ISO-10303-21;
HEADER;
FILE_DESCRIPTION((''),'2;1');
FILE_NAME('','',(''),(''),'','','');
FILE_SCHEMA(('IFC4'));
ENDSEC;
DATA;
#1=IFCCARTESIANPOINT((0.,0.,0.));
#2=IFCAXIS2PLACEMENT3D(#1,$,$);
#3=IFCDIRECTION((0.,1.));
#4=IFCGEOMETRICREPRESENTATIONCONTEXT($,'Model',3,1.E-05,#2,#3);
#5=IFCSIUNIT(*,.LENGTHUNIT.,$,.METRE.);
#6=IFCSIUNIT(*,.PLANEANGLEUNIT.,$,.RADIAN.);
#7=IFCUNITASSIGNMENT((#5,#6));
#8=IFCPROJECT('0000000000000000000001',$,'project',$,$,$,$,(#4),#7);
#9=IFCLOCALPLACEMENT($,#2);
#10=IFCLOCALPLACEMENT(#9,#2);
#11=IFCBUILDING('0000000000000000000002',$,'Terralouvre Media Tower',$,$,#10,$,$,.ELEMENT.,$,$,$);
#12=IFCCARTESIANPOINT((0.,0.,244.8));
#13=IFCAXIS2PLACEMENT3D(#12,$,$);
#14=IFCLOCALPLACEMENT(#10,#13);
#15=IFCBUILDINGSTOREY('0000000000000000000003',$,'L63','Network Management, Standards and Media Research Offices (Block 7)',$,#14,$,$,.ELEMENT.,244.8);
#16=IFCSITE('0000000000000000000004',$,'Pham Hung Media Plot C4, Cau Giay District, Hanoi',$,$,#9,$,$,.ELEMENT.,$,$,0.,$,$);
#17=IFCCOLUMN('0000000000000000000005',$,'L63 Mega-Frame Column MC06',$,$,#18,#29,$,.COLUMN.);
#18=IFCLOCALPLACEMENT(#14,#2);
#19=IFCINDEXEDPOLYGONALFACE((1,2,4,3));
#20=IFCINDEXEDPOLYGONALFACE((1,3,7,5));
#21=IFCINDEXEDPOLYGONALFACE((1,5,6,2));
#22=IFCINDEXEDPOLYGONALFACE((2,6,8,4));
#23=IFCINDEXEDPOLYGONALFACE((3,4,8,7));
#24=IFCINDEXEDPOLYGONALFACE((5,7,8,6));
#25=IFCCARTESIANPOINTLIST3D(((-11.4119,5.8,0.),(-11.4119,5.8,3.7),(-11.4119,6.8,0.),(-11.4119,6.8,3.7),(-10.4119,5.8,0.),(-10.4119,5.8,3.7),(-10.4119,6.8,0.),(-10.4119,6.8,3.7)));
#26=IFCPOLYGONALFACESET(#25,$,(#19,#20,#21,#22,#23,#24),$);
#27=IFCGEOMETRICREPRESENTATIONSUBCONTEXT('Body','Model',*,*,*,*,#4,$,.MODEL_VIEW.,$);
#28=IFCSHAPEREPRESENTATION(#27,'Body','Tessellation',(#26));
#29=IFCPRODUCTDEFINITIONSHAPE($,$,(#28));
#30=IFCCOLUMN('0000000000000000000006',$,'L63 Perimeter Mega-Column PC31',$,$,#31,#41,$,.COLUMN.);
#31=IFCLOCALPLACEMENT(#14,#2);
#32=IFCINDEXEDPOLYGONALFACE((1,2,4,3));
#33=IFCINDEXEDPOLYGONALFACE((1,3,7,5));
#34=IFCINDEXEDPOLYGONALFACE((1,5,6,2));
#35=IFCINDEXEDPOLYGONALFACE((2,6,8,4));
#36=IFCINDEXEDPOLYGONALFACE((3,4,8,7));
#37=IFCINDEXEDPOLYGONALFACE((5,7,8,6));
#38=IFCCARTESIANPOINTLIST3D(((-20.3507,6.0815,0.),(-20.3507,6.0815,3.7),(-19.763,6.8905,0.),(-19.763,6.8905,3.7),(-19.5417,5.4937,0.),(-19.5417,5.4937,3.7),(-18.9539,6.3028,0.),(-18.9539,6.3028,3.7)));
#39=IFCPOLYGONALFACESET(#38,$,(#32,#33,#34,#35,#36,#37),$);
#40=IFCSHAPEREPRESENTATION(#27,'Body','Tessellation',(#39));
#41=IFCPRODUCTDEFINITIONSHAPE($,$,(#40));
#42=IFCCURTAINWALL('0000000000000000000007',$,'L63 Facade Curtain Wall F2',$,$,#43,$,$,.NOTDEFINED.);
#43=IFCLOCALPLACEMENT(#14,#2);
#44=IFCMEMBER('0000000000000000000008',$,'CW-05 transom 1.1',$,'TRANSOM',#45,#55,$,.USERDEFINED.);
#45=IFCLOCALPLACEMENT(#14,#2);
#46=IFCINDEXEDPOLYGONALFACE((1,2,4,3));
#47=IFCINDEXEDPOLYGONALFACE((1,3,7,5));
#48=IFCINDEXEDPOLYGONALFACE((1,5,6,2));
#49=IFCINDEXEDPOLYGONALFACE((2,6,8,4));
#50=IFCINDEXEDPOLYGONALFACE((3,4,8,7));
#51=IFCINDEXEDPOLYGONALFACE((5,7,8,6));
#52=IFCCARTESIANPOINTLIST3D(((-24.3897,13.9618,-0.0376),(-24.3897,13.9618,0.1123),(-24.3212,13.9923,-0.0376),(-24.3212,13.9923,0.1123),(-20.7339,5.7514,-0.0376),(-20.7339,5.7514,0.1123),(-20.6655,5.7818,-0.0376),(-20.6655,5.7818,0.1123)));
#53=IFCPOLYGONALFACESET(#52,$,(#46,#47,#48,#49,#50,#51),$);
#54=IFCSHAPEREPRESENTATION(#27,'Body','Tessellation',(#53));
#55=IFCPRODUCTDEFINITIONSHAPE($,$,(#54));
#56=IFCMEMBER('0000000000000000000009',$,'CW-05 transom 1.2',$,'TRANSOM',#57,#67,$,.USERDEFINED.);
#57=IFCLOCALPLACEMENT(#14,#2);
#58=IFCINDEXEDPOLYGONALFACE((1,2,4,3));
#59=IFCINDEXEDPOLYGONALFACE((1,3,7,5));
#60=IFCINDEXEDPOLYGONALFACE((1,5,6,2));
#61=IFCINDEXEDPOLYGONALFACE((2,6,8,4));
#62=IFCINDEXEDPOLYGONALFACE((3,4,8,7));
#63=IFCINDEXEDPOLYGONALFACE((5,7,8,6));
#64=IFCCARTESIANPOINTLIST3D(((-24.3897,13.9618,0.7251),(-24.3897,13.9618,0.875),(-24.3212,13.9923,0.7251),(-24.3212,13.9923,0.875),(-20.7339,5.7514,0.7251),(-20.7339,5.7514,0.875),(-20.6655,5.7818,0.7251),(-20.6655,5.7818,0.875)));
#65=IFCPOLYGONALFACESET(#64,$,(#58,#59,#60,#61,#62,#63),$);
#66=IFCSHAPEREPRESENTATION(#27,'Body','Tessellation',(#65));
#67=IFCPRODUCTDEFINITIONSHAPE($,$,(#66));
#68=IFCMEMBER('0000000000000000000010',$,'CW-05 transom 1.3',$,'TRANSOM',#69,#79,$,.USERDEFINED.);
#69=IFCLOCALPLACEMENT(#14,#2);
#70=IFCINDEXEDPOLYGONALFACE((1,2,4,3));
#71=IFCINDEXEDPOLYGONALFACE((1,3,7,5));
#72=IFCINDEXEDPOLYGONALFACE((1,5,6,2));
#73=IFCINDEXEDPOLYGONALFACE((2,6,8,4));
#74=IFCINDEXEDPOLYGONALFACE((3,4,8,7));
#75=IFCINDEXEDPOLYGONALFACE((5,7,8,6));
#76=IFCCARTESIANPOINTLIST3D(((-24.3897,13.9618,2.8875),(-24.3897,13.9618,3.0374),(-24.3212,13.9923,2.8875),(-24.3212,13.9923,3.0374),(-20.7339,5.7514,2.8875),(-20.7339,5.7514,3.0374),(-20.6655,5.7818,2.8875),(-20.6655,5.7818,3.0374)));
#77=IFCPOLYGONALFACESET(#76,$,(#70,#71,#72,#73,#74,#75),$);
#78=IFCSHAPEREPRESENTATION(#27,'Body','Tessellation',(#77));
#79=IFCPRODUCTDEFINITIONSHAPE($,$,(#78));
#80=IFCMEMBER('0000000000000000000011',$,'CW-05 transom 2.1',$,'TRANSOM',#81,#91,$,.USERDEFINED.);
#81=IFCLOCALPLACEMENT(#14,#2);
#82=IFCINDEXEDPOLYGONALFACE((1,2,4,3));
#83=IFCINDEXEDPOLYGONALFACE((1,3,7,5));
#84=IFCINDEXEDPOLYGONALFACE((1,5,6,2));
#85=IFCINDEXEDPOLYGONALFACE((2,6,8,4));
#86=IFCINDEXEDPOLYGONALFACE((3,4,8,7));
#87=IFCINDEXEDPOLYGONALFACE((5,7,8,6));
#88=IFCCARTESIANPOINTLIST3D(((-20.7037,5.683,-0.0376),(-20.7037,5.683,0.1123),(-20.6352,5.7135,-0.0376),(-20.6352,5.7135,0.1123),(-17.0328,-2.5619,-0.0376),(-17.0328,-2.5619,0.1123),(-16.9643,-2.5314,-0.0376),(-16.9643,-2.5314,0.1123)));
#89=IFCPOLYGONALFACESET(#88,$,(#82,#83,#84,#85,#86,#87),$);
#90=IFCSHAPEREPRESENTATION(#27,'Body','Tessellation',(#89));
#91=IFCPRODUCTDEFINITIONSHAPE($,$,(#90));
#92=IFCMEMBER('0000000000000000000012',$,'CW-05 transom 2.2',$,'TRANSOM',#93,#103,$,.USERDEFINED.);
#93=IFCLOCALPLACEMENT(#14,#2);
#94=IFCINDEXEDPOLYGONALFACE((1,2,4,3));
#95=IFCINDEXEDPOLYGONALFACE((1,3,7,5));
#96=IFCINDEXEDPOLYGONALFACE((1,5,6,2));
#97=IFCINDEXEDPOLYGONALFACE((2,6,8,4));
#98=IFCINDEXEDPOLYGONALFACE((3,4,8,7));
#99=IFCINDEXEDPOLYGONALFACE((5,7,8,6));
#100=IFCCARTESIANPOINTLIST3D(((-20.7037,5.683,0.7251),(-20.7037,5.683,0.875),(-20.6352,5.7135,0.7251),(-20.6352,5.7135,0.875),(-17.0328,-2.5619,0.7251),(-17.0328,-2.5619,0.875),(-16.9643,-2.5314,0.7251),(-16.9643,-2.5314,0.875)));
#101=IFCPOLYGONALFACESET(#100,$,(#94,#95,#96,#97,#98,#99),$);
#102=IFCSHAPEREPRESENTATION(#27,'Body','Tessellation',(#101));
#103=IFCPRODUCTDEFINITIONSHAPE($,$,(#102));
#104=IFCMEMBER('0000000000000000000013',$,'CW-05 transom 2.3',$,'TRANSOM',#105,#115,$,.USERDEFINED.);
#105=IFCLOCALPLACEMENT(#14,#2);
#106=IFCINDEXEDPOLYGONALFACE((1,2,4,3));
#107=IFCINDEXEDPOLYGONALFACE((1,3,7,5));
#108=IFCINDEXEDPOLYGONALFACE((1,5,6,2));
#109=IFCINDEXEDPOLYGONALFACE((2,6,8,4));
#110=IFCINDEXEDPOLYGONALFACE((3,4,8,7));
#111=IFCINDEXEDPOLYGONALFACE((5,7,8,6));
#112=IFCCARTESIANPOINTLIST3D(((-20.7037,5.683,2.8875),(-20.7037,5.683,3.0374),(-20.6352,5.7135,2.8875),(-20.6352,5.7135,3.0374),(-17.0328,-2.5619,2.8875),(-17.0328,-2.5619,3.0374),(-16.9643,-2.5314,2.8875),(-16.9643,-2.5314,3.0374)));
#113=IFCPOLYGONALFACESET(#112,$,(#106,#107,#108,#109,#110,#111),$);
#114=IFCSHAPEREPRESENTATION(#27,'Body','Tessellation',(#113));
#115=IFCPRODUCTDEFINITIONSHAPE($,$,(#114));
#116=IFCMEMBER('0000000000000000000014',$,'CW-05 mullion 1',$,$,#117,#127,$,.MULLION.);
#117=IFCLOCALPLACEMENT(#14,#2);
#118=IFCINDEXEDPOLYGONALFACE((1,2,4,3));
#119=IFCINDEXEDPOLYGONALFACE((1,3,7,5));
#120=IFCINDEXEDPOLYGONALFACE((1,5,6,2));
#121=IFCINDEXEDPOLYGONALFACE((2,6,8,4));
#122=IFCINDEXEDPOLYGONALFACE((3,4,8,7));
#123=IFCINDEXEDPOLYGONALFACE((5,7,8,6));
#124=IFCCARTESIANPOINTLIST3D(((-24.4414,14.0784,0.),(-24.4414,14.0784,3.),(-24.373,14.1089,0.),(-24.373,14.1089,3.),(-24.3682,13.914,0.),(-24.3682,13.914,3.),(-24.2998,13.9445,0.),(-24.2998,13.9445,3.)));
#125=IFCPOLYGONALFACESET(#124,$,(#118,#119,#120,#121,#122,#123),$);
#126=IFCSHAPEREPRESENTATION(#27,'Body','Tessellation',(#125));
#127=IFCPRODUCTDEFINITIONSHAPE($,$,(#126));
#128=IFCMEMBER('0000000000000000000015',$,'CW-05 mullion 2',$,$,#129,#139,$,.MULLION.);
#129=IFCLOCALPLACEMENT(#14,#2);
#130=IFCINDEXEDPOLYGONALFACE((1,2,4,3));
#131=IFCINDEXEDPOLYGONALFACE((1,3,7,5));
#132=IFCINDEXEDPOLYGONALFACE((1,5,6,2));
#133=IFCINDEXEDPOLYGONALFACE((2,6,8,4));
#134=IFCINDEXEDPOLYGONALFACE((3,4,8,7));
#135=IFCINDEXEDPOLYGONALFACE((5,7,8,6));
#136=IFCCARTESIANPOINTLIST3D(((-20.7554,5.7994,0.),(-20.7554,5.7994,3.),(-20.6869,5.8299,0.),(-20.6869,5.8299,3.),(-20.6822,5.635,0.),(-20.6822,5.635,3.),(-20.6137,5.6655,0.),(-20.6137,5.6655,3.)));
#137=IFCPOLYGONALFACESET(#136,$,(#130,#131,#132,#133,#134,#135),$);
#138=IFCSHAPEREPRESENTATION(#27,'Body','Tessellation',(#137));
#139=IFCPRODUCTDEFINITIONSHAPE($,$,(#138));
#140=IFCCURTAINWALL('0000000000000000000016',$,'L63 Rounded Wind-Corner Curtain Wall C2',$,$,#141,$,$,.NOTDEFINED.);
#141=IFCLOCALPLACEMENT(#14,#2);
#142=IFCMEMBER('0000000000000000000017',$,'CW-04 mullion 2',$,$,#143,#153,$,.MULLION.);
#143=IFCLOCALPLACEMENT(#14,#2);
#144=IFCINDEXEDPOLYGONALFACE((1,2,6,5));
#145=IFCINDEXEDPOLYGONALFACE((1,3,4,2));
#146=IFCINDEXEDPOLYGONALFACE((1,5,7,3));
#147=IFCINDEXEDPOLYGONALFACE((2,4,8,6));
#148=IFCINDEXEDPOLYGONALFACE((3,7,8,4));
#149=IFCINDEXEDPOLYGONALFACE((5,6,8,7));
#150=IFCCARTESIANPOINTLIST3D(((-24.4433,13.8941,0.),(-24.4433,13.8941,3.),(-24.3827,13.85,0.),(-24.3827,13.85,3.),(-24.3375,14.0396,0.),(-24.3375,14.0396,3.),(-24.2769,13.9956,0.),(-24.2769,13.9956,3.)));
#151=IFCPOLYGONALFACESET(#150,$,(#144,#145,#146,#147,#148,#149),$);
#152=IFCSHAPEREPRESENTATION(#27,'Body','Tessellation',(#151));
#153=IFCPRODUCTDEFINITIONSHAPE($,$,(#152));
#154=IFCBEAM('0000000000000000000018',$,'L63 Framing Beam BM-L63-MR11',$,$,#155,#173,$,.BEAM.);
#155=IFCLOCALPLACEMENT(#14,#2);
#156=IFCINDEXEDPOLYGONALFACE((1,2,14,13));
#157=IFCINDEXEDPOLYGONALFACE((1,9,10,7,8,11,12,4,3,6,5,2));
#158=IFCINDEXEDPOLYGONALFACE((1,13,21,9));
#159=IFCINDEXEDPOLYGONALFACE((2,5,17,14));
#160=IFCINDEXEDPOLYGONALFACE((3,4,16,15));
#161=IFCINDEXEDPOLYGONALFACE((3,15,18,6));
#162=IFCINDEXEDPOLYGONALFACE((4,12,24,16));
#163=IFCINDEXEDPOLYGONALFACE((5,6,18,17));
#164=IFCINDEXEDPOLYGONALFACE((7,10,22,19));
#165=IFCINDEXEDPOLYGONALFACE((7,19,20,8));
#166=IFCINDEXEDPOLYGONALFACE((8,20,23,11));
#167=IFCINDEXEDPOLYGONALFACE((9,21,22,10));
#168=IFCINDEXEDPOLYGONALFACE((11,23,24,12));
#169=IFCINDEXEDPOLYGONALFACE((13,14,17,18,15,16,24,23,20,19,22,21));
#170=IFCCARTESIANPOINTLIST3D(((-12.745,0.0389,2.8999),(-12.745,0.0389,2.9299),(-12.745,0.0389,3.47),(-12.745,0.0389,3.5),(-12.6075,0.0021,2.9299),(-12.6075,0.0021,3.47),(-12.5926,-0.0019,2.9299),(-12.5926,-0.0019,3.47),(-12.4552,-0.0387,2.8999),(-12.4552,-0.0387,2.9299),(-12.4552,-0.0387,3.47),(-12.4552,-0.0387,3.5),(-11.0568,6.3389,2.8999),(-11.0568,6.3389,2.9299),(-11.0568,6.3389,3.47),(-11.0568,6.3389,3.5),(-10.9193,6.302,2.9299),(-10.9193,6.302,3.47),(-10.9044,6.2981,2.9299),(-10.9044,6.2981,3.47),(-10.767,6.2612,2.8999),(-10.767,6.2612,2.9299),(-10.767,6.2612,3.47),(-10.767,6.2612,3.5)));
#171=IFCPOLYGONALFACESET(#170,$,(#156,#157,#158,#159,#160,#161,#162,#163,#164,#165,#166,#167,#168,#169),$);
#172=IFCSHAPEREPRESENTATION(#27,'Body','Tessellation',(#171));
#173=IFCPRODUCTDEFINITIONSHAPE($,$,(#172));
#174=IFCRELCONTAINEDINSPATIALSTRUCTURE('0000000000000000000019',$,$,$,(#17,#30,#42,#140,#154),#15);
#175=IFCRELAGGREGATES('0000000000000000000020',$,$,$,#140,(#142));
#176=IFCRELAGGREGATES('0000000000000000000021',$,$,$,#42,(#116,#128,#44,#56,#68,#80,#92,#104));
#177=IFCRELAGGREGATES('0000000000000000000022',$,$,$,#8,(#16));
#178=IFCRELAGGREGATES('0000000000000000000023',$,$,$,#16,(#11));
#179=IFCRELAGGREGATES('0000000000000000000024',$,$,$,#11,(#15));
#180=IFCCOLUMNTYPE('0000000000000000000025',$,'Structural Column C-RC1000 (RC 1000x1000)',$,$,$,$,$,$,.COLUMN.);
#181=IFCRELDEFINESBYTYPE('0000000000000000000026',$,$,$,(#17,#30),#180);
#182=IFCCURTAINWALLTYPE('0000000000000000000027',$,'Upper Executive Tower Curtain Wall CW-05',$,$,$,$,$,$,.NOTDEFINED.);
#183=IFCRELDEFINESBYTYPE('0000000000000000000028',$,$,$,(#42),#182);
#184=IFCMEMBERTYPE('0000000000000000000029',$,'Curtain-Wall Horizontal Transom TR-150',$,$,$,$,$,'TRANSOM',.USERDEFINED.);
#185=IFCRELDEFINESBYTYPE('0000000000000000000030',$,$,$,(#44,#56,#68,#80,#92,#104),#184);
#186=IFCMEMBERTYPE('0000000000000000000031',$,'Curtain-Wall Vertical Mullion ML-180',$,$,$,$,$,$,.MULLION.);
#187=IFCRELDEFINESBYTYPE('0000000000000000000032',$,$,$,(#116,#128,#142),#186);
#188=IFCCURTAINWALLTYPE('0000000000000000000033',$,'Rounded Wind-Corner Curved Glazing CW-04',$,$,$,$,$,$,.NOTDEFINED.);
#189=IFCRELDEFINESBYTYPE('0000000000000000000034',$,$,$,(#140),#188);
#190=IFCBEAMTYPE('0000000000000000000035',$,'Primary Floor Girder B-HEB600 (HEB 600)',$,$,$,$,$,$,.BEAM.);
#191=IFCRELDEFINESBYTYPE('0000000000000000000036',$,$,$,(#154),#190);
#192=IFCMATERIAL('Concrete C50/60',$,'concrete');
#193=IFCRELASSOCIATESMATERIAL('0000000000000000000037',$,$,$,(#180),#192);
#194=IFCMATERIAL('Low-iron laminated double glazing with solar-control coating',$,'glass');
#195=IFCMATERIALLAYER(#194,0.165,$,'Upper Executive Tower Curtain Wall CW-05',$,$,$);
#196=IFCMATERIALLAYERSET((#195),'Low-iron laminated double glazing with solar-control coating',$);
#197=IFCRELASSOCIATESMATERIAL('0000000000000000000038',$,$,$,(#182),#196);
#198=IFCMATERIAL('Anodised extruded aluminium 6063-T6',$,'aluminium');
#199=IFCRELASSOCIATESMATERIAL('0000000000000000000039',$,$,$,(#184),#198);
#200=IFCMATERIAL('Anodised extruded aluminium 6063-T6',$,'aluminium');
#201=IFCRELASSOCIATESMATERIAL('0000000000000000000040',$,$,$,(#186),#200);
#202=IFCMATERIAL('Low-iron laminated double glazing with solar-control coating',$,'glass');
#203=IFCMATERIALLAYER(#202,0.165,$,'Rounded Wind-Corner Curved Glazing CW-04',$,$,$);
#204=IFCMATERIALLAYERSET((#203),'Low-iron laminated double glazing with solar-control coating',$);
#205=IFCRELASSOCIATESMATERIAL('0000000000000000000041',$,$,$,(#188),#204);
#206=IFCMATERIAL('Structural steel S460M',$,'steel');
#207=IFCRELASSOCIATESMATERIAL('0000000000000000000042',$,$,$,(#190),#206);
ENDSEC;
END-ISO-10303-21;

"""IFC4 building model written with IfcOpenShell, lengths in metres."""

from ifc_helpers import new_model, si_unit, direction, frame, origin, origin_2d, place, context, subcontext, project, spatial, rectangle, i_section, extrude, material, layer, layer_set, material_profile, profile_set, type_object, element, aggregate, save


model = new_model("IFC4")

# Units and contexts
model_context = context("Model", 3, precision=1e-05, world=origin(), true_north=direction((0.0, 1.0)))
body_context = subcontext(model_context, "Body", "Model", "MODEL_VIEW")
ifc_project = project(units=[si_unit("LENGTHUNIT", "METRE"), si_unit("PLANEANGLEUNIT", "RADIAN")], contexts=[model_context])

# Site, building, storey
site_placement = place(None, origin())
site = spatial("IfcSite", under=ifc_project, at=site_placement, Name="Pham Hung Media Plot C4, Cau Giay District, Hanoi", CompositionType="ELEMENT", RefElevation=0.0)
building_placement = place(site_placement, origin())
building = spatial("IfcBuilding", under=site, at=building_placement, Name="Terralouvre Media Tower", CompositionType="ELEMENT")
storey_placement = place(building_placement, frame((0.0, 0.0, 244.8)))
storey = spatial("IfcBuildingStorey", under=building, at=storey_placement, Name="L63", Description="Network Management, Standards and Media Research Offices (Block 7)", CompositionType="ELEMENT", Elevation=244.8)

# Columns
ifc_material_1 = material(Name="Concrete C50/60", Category="concrete")
ifc_material_profile_1 = material_profile(ifc_material_1, rectangle(XDim=1.0, YDim=1.0, at=origin_2d()), Name="RC 1000x1000")
ifc_profile_set_1 = profile_set([ifc_material_profile_1], Name="Concrete C50/60")
column_type = type_object("IfcColumnType", Name="Structural Column C-RC1000 (RC 1000x1000)", PredefinedType="COLUMN", material=ifc_profile_set_1)
for number, where, z_axis, x_axis, name in (
    (1, (-10.9119, 6.3, 0.0), (0.0, 0.0, 1.0), (1.0, 0.0, 0.0), "L63 Mega-Frame Column MC06"),
    (2, (-19.6523, 6.1921, 0.0), (0.0, 0.0, 1.0), (0.587785, 0.809017, 0.0), "L63 Perimeter Mega-Column PC31"),
):
    element("IfcColumn", number, at=place(storey_placement, frame(where, z_axis=z_axis, x_axis=x_axis)), inside=storey, type_object=column_type, Name=name, PredefinedType="COLUMN", context=body_context, shape_type="SweptSolid", body=[
        extrude(rectangle(XDim=1.0, YDim=1.0, at=origin_2d()), origin(), (0.0, 0.0, 1.0), 3.7),
    ])

# Curtain wall, members
ifc_material_2 = material(Name="Low-iron laminated double glazing with solar-control coating", Category="glass")
ifc_layer_1 = layer(ifc_material_2, 0.165, Name="Upper Executive Tower Curtain Wall CW-05")
ifc_layer_set_1 = layer_set([ifc_layer_1], Name="Low-iron laminated double glazing with solar-control coating")
curtain_wall_type_1 = type_object("IfcCurtainWallType", Name="Upper Executive Tower Curtain Wall CW-05", PredefinedType="NOTDEFINED", material=ifc_layer_set_1)
curtain_wall_1_placement = place(storey_placement, origin())
curtain_wall_1 = element("IfcCurtainWall", 3, at=curtain_wall_1_placement, inside=storey, type_object=curtain_wall_type_1, Name="L63 Facade Curtain Wall F2", PredefinedType="NOTDEFINED")
ifc_material_3 = material(Name="Anodised extruded aluminium 6063-T6", Category="aluminium")
ifc_material_profile_2 = material_profile(ifc_material_3, rectangle(XDim=0.075, YDim=0.1499, at=origin_2d()), Name="ALU 75x150")
ifc_profile_set_2 = profile_set([ifc_material_profile_2], Name="Anodised extruded aluminium 6063-T6")
member_type_1 = type_object("IfcMemberType", Name="Curtain-Wall Horizontal Transom TR-150", ElementType="TRANSOM", PredefinedType="USERDEFINED", material=ifc_profile_set_2)
member_1_placement = place(storey_placement, frame((-24.3555, 13.9771, 0.0374), z_axis=(0.406758, -0.913536, 0.0), x_axis=(0.913536, 0.406758, 0.0)))
member_1 = element("IfcMember", 4, at=member_1_placement, type_object=member_type_1, Name="CW-05 transom 1.1", ObjectType="TRANSOM", PredefinedType="USERDEFINED", context=body_context, shape_type="SweptSolid", body=[
    extrude(rectangle(XDim=0.075, YDim=0.1499, at=origin_2d()), origin(), (0.0, 0.0, 1.0), 8.9875),
])
member_2_placement = place(storey_placement, frame((-24.3555, 13.9771, 0.8), z_axis=(0.406758, -0.913536, 0.0), x_axis=(0.913536, 0.406758, 0.0)))
member_2 = element("IfcMember", 5, at=member_2_placement, type_object=member_type_1, Name="CW-05 transom 1.2", ObjectType="TRANSOM", PredefinedType="USERDEFINED", context=body_context, shape_type="SweptSolid", body=[
    extrude(rectangle(XDim=0.075, YDim=0.1499, at=origin_2d()), origin(), (0.0, 0.0, 1.0), 8.9875),
])
member_3_placement = place(storey_placement, frame((-24.3555, 13.9771, 2.9624), z_axis=(0.406758, -0.913536, 0.0), x_axis=(0.913536, 0.406758, 0.0)))
member_3 = element("IfcMember", 6, at=member_3_placement, type_object=member_type_1, Name="CW-05 transom 1.3", ObjectType="TRANSOM", PredefinedType="USERDEFINED", context=body_context, shape_type="SweptSolid", body=[
    extrude(rectangle(XDim=0.075, YDim=0.1499, at=origin_2d()), origin(), (0.0, 0.0, 1.0), 8.9875),
])
member_4_placement = place(storey_placement, frame((-20.6694, 5.6982, 0.0374), z_axis=(0.406741, -0.913544, 0.0), x_axis=(0.913544, 0.406741, 0.0)))
member_4 = element("IfcMember", 7, at=member_4_placement, type_object=member_type_1, Name="CW-05 transom 2.1", ObjectType="TRANSOM", PredefinedType="USERDEFINED", context=body_context, shape_type="SweptSolid", body=[
    extrude(rectangle(XDim=0.075, YDim=0.1499, at=origin_2d()), origin(), (0.0, 0.0, 1.0), 9.0251),
])
member_5_placement = place(storey_placement, frame((-20.6694, 5.6982, 0.8), z_axis=(0.406741, -0.913544, 0.0), x_axis=(0.913544, 0.406741, 0.0)))
member_5 = element("IfcMember", 8, at=member_5_placement, type_object=member_type_1, Name="CW-05 transom 2.2", ObjectType="TRANSOM", PredefinedType="USERDEFINED", context=body_context, shape_type="SweptSolid", body=[
    extrude(rectangle(XDim=0.075, YDim=0.1499, at=origin_2d()), origin(), (0.0, 0.0, 1.0), 9.0251),
])
member_6_placement = place(storey_placement, frame((-20.6694, 5.6982, 2.9624), z_axis=(0.406741, -0.913544, 0.0), x_axis=(0.913544, 0.406741, 0.0)))
member_6 = element("IfcMember", 9, at=member_6_placement, type_object=member_type_1, Name="CW-05 transom 2.3", ObjectType="TRANSOM", PredefinedType="USERDEFINED", context=body_context, shape_type="SweptSolid", body=[
    extrude(rectangle(XDim=0.075, YDim=0.1499, at=origin_2d()), origin(), (0.0, 0.0, 1.0), 9.0251),
])
ifc_material_4 = material(Name="Anodised extruded aluminium 6063-T6", Category="aluminium")
ifc_material_profile_3 = material_profile(ifc_material_4, rectangle(XDim=0.075, YDim=0.1799, at=origin_2d()), Name="ALU 75x180")
ifc_profile_set_3 = profile_set([ifc_material_profile_3], Name="Anodised extruded aluminium 6063-T6")
member_type_2 = type_object("IfcMemberType", Name="Curtain-Wall Vertical Mullion ML-180", PredefinedType="MULLION", material=ifc_profile_set_3)
member_7_placement = place(storey_placement, frame((-24.3706, 14.0115, 0.0), z_axis=(0.0, 0.0, 1.0), x_axis=(0.913545, 0.406737, 0.0)))
member_7 = element("IfcMember", 10, at=member_7_placement, type_object=member_type_2, Name="CW-05 mullion 1", PredefinedType="MULLION", context=body_context, shape_type="SweptSolid", body=[
    extrude(rectangle(XDim=0.075, YDim=0.1799, at=origin_2d()), origin(), (0.0, 0.0, 1.0), 3.0),
])
member_8_placement = place(storey_placement, frame((-20.6846, 5.7324, 0.0), z_axis=(0.0, 0.0, 1.0), x_axis=(0.913545, 0.406737, 0.0)))
member_8 = element("IfcMember", 11, at=member_8_placement, type_object=member_type_2, Name="CW-05 mullion 2", PredefinedType="MULLION", context=body_context, shape_type="SweptSolid", body=[
    extrude(rectangle(XDim=0.075, YDim=0.1799, at=origin_2d()), origin(), (0.0, 0.0, 1.0), 3.0),
])

# Curtain wall, member
ifc_material_5 = material(Name="Low-iron laminated double glazing with solar-control coating", Category="glass")
ifc_layer_2 = layer(ifc_material_5, 0.165, Name="Rounded Wind-Corner Curved Glazing CW-04")
ifc_layer_set_2 = layer_set([ifc_layer_2], Name="Low-iron laminated double glazing with solar-control coating")
curtain_wall_type_2 = type_object("IfcCurtainWallType", Name="Rounded Wind-Corner Curved Glazing CW-04", PredefinedType="NOTDEFINED", material=ifc_layer_set_2)
curtain_wall_2_placement = place(storey_placement, origin())
curtain_wall_2 = element("IfcCurtainWall", 12, at=curtain_wall_2_placement, inside=storey, type_object=curtain_wall_type_2, Name="L63 Rounded Wind-Corner Curtain Wall C2", PredefinedType="NOTDEFINED")
member_9_placement = place(storey_placement, frame((-24.3601, 13.9448, 0.0), z_axis=(0.0, 0.0, 1.0), x_axis=(0.809017, -0.587786, 0.0)))
member_9 = element("IfcMember", 13, at=member_9_placement, type_object=member_type_2, Name="CW-04 mullion 2", PredefinedType="MULLION", context=body_context, shape_type="SweptSolid", body=[
    extrude(rectangle(XDim=0.075, YDim=0.1799, at=origin_2d()), origin(), (0.0, 0.0, 1.0), 3.0),
])
aggregate(curtain_wall_2, [member_9])

# Beam
ifc_material_6 = material(Name="Structural steel S460M", Category="steel")
ifc_material_profile_4 = material_profile(ifc_material_6, i_section(OverallWidth=0.3, OverallDepth=0.6001, WebThickness=0.0154, FlangeThickness=0.03, at=origin_2d()), Name="HEB 600")
ifc_profile_set_4 = profile_set([ifc_material_profile_4], Name="Structural steel S460M")
beam_type_1 = type_object("IfcBeamType", Name="Primary Floor Girder B-HEB600 (HEB 600)", PredefinedType="BEAM", material=ifc_profile_set_4)
beam_1_placement = place(storey_placement, frame((-10.9119, 6.3, 3.2), z_axis=(-0.258839, -0.96592, 0.0), x_axis=(0.96592, -0.258839, 0.0)))
element("IfcBeam", 14, at=beam_1_placement, inside=storey, type_object=beam_type_1, Name="L63 Framing Beam BM-L63-MR11", PredefinedType="BEAM", context=body_context, shape_type="SweptSolid", body=[
    extrude(i_section(OverallWidth=0.3, OverallDepth=0.6001, WebThickness=0.0154, FlangeThickness=0.03, at=origin_2d()), origin(), (0.0, 0.0, 1.0), 6.5222),
])

aggregate(curtain_wall_1, [member_7, member_8, member_1, member_2, member_3, member_4, member_5, member_6])

save(model, "model.ifc")
